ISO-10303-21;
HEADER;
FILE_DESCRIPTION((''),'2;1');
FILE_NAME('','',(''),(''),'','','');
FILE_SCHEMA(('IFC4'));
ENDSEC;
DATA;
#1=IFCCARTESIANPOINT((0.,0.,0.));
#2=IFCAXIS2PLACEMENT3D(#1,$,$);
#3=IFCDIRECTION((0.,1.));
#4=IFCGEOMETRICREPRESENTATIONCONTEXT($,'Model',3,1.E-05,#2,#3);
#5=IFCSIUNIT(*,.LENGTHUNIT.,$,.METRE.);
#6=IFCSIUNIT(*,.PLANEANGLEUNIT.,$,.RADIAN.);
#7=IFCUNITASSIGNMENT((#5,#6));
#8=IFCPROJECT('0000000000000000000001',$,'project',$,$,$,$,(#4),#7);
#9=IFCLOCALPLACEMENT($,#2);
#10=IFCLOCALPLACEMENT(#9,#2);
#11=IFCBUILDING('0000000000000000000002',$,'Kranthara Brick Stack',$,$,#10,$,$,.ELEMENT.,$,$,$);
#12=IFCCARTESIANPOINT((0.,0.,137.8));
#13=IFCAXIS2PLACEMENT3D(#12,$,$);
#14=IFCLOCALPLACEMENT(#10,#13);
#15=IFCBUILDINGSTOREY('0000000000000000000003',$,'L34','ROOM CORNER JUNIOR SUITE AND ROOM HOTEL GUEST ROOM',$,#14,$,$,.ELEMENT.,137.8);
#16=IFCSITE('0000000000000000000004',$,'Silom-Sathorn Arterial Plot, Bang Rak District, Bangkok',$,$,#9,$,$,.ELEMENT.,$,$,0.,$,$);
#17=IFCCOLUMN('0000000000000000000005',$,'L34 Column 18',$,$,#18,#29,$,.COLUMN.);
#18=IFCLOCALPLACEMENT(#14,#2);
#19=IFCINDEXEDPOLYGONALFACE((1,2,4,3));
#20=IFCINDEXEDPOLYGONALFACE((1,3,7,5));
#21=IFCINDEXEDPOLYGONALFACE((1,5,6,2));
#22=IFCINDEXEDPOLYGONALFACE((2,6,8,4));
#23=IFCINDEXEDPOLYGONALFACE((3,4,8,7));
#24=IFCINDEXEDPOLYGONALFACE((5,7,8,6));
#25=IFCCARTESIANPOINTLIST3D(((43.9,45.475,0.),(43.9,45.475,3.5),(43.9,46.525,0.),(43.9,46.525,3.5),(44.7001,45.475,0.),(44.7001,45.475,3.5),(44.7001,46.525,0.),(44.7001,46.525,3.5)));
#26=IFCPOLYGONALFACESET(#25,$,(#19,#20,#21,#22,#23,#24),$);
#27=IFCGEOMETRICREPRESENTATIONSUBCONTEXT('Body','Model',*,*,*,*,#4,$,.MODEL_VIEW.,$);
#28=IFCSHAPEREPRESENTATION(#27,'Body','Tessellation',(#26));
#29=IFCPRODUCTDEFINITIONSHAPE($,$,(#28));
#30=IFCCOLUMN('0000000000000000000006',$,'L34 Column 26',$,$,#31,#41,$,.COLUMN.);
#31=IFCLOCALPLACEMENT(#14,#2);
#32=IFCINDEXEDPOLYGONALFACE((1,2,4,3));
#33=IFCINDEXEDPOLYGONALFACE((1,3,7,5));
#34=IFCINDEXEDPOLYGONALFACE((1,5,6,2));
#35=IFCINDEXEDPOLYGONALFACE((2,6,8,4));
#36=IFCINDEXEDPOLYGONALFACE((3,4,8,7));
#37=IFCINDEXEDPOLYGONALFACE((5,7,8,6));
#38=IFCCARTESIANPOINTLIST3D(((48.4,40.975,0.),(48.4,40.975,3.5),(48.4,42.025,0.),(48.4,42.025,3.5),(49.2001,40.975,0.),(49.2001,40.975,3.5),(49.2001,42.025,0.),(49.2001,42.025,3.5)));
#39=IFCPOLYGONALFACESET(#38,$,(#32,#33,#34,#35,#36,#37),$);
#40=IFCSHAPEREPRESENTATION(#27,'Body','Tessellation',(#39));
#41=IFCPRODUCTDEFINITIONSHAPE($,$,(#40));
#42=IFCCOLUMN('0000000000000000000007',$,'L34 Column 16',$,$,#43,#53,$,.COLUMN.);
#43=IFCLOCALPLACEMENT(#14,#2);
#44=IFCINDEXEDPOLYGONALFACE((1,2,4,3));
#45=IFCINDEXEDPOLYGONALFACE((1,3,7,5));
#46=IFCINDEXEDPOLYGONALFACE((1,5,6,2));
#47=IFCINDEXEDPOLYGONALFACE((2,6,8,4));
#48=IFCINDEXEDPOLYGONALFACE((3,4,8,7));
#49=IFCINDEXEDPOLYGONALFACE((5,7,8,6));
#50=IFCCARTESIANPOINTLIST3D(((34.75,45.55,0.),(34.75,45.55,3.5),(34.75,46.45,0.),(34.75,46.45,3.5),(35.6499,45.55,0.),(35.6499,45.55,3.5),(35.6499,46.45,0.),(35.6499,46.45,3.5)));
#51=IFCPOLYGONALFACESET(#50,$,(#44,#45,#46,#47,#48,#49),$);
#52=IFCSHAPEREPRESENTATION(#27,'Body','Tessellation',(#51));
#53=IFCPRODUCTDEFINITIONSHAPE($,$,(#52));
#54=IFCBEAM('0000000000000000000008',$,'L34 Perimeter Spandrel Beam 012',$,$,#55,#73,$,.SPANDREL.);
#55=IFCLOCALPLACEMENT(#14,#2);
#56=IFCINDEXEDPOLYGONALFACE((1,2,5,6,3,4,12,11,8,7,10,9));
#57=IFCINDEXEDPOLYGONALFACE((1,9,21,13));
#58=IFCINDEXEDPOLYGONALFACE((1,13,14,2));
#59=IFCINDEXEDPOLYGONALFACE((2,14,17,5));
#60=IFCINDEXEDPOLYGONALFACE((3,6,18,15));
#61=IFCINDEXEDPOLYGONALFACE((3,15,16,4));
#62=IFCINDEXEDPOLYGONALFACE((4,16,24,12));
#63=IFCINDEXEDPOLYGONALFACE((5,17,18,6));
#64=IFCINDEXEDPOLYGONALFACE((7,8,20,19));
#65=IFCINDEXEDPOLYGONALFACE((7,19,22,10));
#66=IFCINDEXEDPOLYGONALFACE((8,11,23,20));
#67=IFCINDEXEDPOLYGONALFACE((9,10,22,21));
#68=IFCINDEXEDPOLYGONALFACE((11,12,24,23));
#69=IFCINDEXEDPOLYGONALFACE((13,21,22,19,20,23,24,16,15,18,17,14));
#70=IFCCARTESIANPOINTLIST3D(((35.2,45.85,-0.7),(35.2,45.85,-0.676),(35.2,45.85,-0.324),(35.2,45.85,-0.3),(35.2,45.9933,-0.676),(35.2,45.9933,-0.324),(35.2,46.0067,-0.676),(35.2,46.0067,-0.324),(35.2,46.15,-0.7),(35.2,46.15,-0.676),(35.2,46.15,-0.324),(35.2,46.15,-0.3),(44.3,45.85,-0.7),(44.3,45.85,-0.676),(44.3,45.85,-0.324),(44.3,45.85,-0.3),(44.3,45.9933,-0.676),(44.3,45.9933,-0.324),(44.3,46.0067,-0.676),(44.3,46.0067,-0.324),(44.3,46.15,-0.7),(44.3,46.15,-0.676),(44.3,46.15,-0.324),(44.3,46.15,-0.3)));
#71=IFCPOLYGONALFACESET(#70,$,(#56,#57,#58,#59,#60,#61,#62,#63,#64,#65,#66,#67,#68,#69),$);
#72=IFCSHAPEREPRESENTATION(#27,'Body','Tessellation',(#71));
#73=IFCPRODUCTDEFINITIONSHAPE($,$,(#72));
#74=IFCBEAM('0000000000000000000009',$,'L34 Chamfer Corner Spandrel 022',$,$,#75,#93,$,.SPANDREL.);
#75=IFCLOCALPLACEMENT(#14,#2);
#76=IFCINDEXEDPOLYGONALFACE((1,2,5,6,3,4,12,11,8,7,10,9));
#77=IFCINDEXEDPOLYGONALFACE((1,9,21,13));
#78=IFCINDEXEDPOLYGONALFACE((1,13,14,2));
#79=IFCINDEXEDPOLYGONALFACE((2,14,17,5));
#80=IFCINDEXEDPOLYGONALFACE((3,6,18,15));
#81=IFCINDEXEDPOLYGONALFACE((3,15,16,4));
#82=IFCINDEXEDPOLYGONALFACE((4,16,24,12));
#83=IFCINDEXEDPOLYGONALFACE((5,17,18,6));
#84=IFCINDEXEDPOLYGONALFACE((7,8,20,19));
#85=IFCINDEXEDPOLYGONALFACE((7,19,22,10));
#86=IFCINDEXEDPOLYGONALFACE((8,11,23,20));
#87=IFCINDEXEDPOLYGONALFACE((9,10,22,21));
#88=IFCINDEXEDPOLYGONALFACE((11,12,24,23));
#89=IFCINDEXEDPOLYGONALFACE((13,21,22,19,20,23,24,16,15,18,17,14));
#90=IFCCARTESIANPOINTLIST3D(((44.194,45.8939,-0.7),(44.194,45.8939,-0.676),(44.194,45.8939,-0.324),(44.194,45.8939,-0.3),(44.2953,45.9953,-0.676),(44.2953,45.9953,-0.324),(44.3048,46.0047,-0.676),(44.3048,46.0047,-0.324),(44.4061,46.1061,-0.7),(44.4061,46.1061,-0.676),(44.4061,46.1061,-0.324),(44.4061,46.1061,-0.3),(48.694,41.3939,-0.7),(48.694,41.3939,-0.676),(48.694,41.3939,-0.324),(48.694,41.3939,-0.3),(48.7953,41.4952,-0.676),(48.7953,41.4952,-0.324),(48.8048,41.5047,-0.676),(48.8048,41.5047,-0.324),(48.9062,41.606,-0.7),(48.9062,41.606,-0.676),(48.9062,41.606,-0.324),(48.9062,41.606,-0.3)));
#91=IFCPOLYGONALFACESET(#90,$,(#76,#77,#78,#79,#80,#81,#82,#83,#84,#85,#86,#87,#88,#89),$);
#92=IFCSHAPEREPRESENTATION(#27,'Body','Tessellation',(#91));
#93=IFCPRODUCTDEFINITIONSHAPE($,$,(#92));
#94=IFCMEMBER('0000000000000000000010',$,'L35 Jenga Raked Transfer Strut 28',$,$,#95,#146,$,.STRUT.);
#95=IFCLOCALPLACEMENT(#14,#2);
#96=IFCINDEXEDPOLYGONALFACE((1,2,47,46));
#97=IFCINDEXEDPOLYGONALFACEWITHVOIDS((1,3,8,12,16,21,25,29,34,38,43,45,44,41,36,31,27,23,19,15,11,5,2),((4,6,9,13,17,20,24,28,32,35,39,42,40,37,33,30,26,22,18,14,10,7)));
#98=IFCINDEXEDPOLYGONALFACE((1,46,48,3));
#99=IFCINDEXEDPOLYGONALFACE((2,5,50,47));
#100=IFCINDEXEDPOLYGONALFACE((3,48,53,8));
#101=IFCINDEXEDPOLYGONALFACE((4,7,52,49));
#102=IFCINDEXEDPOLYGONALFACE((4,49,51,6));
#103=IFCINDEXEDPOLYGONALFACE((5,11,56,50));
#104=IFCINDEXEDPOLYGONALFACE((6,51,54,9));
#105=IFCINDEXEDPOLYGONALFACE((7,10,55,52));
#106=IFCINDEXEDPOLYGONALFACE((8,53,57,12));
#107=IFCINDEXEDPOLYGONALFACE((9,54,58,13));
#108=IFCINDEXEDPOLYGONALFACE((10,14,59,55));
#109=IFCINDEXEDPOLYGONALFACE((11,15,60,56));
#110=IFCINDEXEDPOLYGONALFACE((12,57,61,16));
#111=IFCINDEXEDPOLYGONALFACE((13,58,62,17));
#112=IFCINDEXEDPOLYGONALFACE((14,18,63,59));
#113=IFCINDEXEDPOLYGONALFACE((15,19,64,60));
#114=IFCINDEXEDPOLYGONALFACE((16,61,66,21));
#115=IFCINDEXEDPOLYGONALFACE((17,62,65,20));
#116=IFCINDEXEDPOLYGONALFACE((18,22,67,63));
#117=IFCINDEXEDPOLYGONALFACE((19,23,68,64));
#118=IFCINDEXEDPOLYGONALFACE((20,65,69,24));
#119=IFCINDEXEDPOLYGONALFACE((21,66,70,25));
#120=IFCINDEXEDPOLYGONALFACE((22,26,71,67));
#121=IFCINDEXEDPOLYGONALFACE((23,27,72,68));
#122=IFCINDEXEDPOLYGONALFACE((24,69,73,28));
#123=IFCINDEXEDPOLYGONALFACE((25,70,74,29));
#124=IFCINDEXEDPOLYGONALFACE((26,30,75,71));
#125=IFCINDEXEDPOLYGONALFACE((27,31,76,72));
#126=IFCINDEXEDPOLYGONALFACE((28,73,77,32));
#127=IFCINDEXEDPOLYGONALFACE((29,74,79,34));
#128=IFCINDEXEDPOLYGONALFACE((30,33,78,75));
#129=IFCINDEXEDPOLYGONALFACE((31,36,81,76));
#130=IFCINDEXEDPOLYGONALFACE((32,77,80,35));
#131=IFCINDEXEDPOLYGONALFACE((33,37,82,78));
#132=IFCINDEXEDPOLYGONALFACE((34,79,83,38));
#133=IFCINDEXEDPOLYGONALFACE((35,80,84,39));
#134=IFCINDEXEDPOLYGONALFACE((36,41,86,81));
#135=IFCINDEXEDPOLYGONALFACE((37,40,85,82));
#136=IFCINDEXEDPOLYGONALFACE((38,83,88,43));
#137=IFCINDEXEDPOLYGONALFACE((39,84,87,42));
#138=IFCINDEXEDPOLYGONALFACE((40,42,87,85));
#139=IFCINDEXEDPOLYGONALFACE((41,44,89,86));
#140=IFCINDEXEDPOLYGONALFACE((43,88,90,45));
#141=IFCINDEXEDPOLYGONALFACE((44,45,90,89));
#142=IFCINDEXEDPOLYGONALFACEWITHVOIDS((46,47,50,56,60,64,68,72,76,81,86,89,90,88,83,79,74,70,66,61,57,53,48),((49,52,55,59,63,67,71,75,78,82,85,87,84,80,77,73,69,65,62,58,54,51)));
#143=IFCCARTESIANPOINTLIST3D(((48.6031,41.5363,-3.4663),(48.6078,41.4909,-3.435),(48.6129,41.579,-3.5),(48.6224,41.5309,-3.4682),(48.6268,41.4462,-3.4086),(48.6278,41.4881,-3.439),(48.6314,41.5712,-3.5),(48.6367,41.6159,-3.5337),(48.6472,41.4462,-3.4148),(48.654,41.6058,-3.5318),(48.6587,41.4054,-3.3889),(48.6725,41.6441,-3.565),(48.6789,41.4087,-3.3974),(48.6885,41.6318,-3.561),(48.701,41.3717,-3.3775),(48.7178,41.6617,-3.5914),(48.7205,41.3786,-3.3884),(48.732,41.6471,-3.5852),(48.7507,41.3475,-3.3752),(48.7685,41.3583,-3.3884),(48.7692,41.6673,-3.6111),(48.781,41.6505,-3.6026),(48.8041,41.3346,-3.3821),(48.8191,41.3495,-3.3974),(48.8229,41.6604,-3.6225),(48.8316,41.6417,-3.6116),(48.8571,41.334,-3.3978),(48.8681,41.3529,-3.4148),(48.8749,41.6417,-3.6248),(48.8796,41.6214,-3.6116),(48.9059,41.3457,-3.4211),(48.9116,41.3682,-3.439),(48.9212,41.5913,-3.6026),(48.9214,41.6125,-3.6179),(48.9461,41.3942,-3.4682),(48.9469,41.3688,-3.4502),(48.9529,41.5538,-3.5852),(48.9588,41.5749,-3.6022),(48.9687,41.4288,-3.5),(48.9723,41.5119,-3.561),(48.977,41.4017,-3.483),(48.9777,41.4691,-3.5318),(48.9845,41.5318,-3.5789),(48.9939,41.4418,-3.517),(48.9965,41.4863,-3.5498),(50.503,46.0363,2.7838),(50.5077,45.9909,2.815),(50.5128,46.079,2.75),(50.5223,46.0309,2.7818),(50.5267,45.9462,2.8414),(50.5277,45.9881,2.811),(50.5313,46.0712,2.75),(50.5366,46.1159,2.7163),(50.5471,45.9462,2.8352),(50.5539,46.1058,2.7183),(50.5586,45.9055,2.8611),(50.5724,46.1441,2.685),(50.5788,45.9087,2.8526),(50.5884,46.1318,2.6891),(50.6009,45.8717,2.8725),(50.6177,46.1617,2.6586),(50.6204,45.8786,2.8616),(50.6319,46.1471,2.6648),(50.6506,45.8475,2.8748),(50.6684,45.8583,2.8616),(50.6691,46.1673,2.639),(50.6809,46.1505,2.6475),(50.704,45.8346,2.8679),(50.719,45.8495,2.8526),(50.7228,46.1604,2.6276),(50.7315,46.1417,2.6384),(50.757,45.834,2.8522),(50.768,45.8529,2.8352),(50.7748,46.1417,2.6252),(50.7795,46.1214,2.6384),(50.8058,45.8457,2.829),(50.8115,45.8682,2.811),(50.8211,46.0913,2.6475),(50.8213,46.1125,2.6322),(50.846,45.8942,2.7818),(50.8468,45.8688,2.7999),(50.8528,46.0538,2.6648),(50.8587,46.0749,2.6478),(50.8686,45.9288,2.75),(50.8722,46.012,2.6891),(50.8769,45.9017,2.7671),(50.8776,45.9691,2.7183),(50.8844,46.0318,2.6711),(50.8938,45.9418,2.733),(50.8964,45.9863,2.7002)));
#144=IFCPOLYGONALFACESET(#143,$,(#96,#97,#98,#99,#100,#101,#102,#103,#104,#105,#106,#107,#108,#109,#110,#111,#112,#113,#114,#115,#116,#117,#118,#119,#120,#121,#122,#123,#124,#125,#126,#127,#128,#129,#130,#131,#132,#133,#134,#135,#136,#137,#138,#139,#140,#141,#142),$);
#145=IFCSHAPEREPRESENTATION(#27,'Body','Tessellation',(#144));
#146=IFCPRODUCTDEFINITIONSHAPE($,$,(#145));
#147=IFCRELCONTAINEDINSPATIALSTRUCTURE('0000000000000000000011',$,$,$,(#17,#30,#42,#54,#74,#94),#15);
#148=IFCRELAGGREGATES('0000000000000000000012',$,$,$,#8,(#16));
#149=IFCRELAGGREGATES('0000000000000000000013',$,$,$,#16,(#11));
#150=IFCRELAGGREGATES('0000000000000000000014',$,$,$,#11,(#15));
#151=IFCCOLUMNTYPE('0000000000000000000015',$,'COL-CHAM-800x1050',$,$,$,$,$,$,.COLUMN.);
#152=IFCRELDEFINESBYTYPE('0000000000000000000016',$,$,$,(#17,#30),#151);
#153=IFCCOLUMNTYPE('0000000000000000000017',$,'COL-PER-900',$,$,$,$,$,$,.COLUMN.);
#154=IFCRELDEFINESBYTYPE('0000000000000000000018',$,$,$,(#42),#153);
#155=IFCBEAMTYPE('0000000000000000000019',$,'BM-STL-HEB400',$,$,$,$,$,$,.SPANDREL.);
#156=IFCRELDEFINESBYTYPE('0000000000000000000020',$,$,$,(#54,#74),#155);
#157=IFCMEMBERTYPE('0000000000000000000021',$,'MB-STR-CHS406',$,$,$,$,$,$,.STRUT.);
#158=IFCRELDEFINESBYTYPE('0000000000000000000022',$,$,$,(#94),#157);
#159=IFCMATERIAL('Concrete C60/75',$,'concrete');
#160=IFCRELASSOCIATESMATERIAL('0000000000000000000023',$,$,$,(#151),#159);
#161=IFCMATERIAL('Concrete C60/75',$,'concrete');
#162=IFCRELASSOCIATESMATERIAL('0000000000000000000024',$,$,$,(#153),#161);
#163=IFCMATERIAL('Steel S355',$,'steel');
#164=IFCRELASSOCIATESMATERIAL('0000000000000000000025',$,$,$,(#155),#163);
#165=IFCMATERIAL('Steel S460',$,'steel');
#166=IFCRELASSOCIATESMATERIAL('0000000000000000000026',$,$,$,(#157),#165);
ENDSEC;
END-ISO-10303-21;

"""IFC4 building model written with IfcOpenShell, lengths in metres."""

from ifc_helpers import new_model, si_unit, direction, frame, origin, origin_2d, place, context, subcontext, project, spatial, rectangle, hollow_circle, i_section, extrude, material, material_profile, profile_set, type_object, element, save


model = new_model("IFC4")

# Units and contexts
model_context = context("Model", 3, precision=1e-05, world=origin(), true_north=direction((0.0, 1.0)))
body_context = subcontext(model_context, "Body", "Model", "MODEL_VIEW")
ifc_project = project(units=[si_unit("LENGTHUNIT", "METRE"), si_unit("PLANEANGLEUNIT", "RADIAN")], contexts=[model_context])

# Site, building, storey
site_placement = place(None, origin())
site = spatial("IfcSite", under=ifc_project, at=site_placement, Name="Silom-Sathorn Arterial Plot, Bang Rak District, Bangkok", CompositionType="ELEMENT", RefElevation=0.0)
building_placement = place(site_placement, origin())
building = spatial("IfcBuilding", under=site, at=building_placement, Name="Kranthara Brick Stack", CompositionType="ELEMENT")
storey_placement = place(building_placement, frame((0.0, 0.0, 137.8)))
storey = spatial("IfcBuildingStorey", under=building, at=storey_placement, Name="L34", Description="ROOM CORNER JUNIOR SUITE AND ROOM HOTEL GUEST ROOM", CompositionType="ELEMENT", Elevation=137.8)

# Columns
ifc_material_1 = material(Name="Concrete C60/75", Category="concrete")
ifc_material_profile_1 = material_profile(ifc_material_1, rectangle(XDim=0.8, YDim=1.05, at=origin_2d()), Name="RC 800x1050")
ifc_profile_set_1 = profile_set([ifc_material_profile_1], Name="Concrete C60/75")
column_type_1 = type_object("IfcColumnType", Name="COL-CHAM-800x1050", PredefinedType="COLUMN", material=ifc_profile_set_1)
for number, where, z_axis, x_axis, name in (
    (1, (44.3, 46.0, 0.0), (0.0, 0.0, 1.0), (1.0, 0.0, 0.0), "L34 Column 18"),
    (2, (48.8, 41.5, 0.0), (0.0, 0.0, 1.0), (1.0, 0.0, 0.0), "L34 Column 26"),
):
    element("IfcColumn", number, at=place(storey_placement, frame(where, z_axis=z_axis, x_axis=x_axis)), inside=storey, type_object=column_type_1, Name=name, PredefinedType="COLUMN", context=body_context, shape_type="SweptSolid", body=[
        extrude(rectangle(XDim=0.8, YDim=1.05, at=origin_2d()), origin(), (0.0, 0.0, 1.0), 3.5),
    ])
ifc_material_2 = material(Name="Concrete C60/75", Category="concrete")
ifc_material_profile_2 = material_profile(ifc_material_2, rectangle(XDim=0.8999, YDim=0.8999, at=origin_2d()), Name="RC 900x900")
ifc_profile_set_2 = profile_set([ifc_material_profile_2], Name="Concrete C60/75")
column_type_2 = type_object("IfcColumnType", Name="COL-PER-900", PredefinedType="COLUMN", material=ifc_profile_set_2)
column_placement = place(storey_placement, frame((35.2, 46.0, 0.0), z_axis=(0.0, 0.0, 1.0), x_axis=(1.0, 0.0, 0.0)))
element("IfcColumn", 3, at=column_placement, inside=storey, type_object=column_type_2, Name="L34 Column 16", PredefinedType="COLUMN", context=body_context, shape_type="SweptSolid", body=[
    extrude(rectangle(XDim=0.8999, YDim=0.8999, at=origin_2d()), origin(), (0.0, 0.0, 1.0), 3.5),
])

# Beams
ifc_material_3 = material(Name="Steel S355", Category="steel")
ifc_material_profile_3 = material_profile(ifc_material_3, i_section(OverallWidth=0.3, OverallDepth=0.3999, WebThickness=0.0134, FlangeThickness=0.0239, at=origin_2d()), Name="HEB 400")
ifc_profile_set_3 = profile_set([ifc_material_profile_3], Name="Steel S355")
beam_type = type_object("IfcBeamType", Name="BM-STL-HEB400", PredefinedType="SPANDREL", material=ifc_profile_set_3)
beam_1_placement = place(storey_placement, frame((35.2, 46.0, -0.5), z_axis=(1.0, 0.0, 0.0), x_axis=(0.0, 1.0, 0.0)))
element("IfcBeam", 4, at=beam_1_placement, inside=storey, type_object=beam_type, Name="L34 Perimeter Spandrel Beam 012", PredefinedType="SPANDREL", context=body_context, shape_type="SweptSolid", body=[
    extrude(i_section(OverallWidth=0.3, OverallDepth=0.3999, WebThickness=0.0134, FlangeThickness=0.0239, at=origin_2d()), origin(), (0.0, 0.0, 1.0), 9.1001),
])
beam_2_placement = place(storey_placement, frame((44.3, 46.0, -0.5), z_axis=(0.707107, -0.707107, 0.0), x_axis=(0.707107, 0.707107, 0.0)))
element("IfcBeam", 5, at=beam_2_placement, inside=storey, type_object=beam_type, Name="L34 Chamfer Corner Spandrel 022", PredefinedType="SPANDREL", context=body_context, shape_type="SweptSolid", body=[
    extrude(i_section(OverallWidth=0.3, OverallDepth=0.3999, WebThickness=0.0134, FlangeThickness=0.0239, at=origin_2d()), origin(), (0.0, 0.0, 1.0), 6.364),
])

# Member
ifc_material_4 = material(Name="Steel S460", Category="steel")
ifc_material_profile_4 = material_profile(ifc_material_4, hollow_circle(Radius=0.2031, WallThickness=0.02, at=origin_2d()), Name="CHS 406.4x20")
ifc_profile_set_4 = profile_set([ifc_material_profile_4], Name="Steel S460")
member_type = type_object("IfcMemberType", Name="MB-STR-CHS406", PredefinedType="STRUT", material=ifc_profile_set_4)
member_placement = place(storey_placement, frame((48.8, 41.5, -3.5), z_axis=(0.239513, 0.567297, 0.787913), x_axis=(-0.921257, 0.388955, 0.0)))
element("IfcMember", 6, at=member_placement, inside=storey, type_object=member_type, Name="L35 Jenga Raked Transfer Strut 28", PredefinedType="STRUT", context=body_context, shape_type="SweptSolid", body=[
    extrude(hollow_circle(Radius=0.2031, WallThickness=0.02, at=origin_2d()), origin(), (0.0, 0.0, 1.0), 7.9324),
])

save(model, "model.ifc")
